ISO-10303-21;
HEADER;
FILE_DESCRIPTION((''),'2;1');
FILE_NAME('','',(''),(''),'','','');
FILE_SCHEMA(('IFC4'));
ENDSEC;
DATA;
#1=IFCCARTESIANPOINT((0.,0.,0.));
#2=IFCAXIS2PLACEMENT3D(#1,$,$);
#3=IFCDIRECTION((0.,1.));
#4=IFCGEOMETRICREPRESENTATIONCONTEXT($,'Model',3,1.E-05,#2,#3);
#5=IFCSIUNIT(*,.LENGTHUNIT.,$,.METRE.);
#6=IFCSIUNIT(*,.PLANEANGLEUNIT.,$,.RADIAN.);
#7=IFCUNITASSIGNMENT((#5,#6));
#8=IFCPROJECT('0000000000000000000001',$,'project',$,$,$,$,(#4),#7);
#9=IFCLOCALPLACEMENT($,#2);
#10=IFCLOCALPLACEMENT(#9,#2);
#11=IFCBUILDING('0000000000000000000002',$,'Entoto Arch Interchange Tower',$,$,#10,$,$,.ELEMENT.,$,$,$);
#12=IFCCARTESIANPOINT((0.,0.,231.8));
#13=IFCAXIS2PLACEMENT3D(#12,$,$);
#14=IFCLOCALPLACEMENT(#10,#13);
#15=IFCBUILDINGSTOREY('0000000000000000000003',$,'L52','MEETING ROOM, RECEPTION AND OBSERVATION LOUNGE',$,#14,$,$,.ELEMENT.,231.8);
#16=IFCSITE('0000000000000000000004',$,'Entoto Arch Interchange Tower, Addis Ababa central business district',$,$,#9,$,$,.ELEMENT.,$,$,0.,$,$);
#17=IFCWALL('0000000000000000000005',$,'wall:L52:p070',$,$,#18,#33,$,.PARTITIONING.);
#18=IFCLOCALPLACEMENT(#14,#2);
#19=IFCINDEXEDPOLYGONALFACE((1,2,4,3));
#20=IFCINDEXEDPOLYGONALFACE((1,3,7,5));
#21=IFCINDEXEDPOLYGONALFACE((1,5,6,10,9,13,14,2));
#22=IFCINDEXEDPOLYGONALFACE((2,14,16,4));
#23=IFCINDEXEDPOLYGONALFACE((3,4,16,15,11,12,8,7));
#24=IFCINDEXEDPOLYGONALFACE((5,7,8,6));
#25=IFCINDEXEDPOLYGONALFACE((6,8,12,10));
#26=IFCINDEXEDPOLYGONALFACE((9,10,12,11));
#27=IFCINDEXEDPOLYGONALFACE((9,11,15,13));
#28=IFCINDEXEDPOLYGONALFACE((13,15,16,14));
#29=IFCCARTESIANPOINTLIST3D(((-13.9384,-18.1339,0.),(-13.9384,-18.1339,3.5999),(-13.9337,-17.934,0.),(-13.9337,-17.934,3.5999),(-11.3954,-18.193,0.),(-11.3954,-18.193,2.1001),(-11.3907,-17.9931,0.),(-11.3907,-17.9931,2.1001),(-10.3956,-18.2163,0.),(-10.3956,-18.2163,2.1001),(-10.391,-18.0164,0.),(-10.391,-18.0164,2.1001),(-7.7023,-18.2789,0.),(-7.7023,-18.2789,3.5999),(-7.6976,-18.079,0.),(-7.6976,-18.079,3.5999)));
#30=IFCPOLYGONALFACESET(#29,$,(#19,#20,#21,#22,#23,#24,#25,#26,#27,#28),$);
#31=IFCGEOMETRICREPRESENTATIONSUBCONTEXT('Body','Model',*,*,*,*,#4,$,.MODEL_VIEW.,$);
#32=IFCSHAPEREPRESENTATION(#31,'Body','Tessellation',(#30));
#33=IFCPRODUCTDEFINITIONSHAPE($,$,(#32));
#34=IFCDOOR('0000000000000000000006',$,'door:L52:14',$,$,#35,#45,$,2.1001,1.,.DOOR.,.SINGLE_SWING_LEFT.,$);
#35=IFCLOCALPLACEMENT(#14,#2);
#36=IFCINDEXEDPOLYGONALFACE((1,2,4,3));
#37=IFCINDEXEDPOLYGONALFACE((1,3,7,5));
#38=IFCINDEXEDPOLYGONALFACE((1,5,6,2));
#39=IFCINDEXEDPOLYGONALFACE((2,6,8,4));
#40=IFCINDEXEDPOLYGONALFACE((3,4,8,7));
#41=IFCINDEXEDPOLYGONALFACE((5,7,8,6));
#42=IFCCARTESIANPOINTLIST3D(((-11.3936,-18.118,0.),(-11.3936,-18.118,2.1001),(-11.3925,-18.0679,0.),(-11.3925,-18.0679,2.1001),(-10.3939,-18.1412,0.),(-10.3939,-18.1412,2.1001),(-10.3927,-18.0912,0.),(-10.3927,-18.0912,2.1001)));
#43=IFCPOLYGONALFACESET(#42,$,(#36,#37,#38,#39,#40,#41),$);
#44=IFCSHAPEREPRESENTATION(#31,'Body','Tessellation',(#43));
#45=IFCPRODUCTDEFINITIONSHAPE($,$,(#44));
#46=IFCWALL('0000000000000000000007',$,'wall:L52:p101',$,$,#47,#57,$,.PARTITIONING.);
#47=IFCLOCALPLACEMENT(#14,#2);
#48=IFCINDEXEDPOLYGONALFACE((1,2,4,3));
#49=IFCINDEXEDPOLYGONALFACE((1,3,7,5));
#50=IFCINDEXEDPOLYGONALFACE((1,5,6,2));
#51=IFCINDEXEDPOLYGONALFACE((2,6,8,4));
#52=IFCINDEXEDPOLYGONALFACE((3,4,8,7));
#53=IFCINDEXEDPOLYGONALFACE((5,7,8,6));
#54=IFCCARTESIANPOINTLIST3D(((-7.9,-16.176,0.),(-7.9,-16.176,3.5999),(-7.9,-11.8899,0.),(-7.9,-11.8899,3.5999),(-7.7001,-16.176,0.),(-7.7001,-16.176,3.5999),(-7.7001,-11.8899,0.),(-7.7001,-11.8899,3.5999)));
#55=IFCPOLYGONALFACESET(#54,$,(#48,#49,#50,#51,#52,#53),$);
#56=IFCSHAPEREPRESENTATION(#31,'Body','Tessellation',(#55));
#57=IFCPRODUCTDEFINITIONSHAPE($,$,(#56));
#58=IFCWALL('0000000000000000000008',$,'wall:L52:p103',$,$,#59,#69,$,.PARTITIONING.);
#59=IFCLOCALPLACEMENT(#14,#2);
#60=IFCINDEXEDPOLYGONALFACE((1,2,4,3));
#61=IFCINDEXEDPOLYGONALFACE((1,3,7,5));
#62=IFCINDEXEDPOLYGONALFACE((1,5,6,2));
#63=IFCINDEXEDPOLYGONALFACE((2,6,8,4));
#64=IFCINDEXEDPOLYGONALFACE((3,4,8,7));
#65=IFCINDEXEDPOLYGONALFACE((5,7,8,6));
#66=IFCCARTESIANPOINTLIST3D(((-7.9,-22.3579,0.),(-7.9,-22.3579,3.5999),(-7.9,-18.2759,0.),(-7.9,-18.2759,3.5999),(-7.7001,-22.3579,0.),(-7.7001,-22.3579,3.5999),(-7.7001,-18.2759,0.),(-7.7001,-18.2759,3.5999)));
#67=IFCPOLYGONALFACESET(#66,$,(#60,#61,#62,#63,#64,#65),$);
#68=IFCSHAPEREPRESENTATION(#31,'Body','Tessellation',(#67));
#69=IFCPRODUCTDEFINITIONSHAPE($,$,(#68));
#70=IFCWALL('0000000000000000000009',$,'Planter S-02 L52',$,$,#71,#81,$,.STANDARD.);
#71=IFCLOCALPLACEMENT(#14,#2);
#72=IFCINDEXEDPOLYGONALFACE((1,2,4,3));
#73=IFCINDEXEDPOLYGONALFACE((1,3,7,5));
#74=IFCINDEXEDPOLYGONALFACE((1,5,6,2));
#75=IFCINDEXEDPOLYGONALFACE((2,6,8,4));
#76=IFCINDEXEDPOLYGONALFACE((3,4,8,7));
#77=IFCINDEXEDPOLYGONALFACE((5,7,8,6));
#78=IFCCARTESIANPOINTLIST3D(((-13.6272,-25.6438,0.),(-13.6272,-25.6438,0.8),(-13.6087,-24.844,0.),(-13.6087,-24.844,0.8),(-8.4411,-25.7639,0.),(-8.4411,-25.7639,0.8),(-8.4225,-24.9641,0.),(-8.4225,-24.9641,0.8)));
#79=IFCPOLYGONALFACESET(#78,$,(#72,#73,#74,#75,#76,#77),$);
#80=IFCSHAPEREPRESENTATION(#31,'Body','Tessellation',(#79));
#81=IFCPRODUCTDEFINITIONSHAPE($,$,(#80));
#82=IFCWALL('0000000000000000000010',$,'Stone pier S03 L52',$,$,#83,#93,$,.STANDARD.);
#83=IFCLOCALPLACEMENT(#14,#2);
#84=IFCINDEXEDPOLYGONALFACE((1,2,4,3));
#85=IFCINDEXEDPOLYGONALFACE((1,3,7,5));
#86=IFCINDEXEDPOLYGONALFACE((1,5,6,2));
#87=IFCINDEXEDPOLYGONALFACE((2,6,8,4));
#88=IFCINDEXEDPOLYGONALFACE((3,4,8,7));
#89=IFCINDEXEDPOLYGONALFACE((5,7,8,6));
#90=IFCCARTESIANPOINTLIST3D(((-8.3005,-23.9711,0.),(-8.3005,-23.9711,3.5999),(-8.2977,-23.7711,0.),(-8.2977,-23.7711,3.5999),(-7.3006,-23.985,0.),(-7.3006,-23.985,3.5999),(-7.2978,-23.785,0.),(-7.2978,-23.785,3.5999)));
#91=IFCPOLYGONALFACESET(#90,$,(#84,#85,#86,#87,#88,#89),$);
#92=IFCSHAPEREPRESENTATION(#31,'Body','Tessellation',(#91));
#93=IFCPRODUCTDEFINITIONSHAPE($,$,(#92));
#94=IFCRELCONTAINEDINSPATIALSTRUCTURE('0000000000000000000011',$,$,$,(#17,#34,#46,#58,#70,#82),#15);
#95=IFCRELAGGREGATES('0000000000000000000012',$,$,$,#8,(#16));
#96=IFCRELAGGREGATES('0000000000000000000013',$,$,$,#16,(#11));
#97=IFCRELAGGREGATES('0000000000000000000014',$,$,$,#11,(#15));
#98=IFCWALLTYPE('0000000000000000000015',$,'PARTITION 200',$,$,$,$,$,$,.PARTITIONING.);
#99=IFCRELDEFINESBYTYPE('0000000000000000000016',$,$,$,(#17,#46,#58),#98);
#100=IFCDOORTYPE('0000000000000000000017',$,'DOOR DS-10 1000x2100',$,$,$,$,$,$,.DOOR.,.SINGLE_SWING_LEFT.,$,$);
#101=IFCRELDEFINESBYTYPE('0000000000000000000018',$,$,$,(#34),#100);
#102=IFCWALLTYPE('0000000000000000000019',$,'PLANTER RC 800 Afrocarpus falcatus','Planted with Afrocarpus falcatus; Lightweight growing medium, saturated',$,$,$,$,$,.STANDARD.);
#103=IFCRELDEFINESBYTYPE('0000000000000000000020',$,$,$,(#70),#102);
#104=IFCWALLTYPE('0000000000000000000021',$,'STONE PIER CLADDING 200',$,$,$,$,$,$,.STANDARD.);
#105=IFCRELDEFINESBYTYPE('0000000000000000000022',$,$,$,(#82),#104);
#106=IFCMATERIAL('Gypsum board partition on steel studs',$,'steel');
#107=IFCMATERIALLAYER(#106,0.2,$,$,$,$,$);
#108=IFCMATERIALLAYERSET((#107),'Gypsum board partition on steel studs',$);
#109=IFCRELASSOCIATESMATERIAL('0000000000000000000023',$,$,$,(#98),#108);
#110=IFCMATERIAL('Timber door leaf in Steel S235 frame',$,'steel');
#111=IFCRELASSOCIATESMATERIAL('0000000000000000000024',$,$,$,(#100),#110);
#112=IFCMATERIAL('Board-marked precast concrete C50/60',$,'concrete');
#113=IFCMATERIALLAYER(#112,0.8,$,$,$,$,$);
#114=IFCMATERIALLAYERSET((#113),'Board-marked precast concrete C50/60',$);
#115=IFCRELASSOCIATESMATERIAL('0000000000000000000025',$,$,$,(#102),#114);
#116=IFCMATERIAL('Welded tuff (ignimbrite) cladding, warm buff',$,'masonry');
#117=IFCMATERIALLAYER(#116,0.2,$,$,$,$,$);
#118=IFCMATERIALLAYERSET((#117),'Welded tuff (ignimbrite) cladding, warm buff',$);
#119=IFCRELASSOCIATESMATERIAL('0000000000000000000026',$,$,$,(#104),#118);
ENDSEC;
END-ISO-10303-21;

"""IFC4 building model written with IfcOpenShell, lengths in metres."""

from ifc_helpers import new_model, si_unit, direction, frame, frame_2d, origin, place, context, subcontext, project, spatial, rectangle, extrude, material, layer, layer_set, type_object, element, fill, save


model = new_model("IFC4")

# Units and contexts
model_context = context("Model", 3, precision=1e-05, world=origin(), true_north=direction((0.0, 1.0)))
body_context = subcontext(model_context, "Body", "Model", "MODEL_VIEW")
ifc_project = project(units=[si_unit("LENGTHUNIT", "METRE"), si_unit("PLANEANGLEUNIT", "RADIAN")], contexts=[model_context])

# Site, building, storey
site_placement = place(None, origin())
site = spatial("IfcSite", under=ifc_project, at=site_placement, Name="Entoto Arch Interchange Tower, Addis Ababa central business district", CompositionType="ELEMENT", RefElevation=0.0)
building_placement = place(site_placement, origin())
building = spatial("IfcBuilding", under=site, at=building_placement, Name="Entoto Arch Interchange Tower", CompositionType="ELEMENT")
storey_placement = place(building_placement, frame((0.0, 0.0, 231.8)))
storey = spatial("IfcBuildingStorey", under=building, at=storey_placement, Name="L52", Description="MEETING ROOM, RECEPTION AND OBSERVATION LOUNGE", CompositionType="ELEMENT", Elevation=231.8)

# Wall, opening, door
ifc_material_1 = material(Name="Gypsum board partition on steel studs", Category="steel")
ifc_layer_1 = layer(ifc_material_1, 0.2)
ifc_layer_set_1 = layer_set([ifc_layer_1], Name="Gypsum board partition on steel studs")
wall_type_1 = type_object("IfcWallType", Name="PARTITION 200", PredefinedType="PARTITIONING", material=ifc_layer_set_1)
wall_1_placement = place(storey_placement, frame((-7.7, -18.179, 0.0), z_axis=(0.0, 0.0, 1.0), x_axis=(-0.99973, 0.023249, 0.0)))
wall_1 = element("IfcWall", 1, at=wall_1_placement, inside=storey, type_object=wall_type_1, Name="wall:L52:p070", PredefinedType="PARTITIONING", context=body_context, shape_type="SweptSolid", body=[
    extrude(rectangle(XDim=6.2378, YDim=0.2, at=frame_2d((3.1189, 0.0))), origin(), (0.0, 0.0, 1.0), 3.5999),
])
opening_1_placement = place(wall_1_placement, frame((2.6941, 0.0, 0.0)))
opening_1 = element("IfcOpeningElement", 2, at=opening_1_placement, cuts=wall_1, PredefinedType="OPENING", context=body_context, shape_type="SweptSolid", body=[
    extrude(rectangle(XDim=1.0, YDim=2.1001, at=frame_2d((0.5, 1.05))), frame((0.0, 0.1099, 0.0), z_axis=(0.0, -1.0, 0.0), x_axis=(1.0, 0.0, 0.0)), (0.0, 0.0, 1.0), 0.22),
])
ifc_material_2 = material(Name="Timber door leaf in Steel S235 frame", Category="steel")
door_type_1 = type_object("IfcDoorType", Name="DOOR DS-10 1000x2100", OperationType="SINGLE_SWING_LEFT", PredefinedType="DOOR", material=ifc_material_2)
door_1_placement = place(opening_1_placement, origin())
door_1 = element("IfcDoor", 3, at=door_1_placement, inside=storey, type_object=door_type_1, Name="door:L52:14", OperationType="SINGLE_SWING_LEFT", OverallHeight=2.1001, OverallWidth=1.0, PredefinedType="DOOR", context=body_context, shape_type="SweptSolid", body=[
    extrude(rectangle(XDim=1.0, YDim=2.1001, at=frame_2d((0.5, 1.05))), frame((0.0, 0.0249, 0.0), z_axis=(0.0, -1.0, 0.0), x_axis=(1.0, 0.0, 0.0)), (0.0, 0.0, 1.0), 0.05),
])
fill(opening_1, door_1)

# Walls
wall_2_placement = place(storey_placement, frame((-7.8, -16.176, 0.0), z_axis=(0.0, 0.0, 1.0), x_axis=(0.0, 1.0, 0.0)))
element("IfcWall", 4, at=wall_2_placement, inside=storey, type_object=wall_type_1, Name="wall:L52:p101", PredefinedType="PARTITIONING", context=body_context, shape_type="SweptSolid", body=[
    extrude(rectangle(XDim=4.2861, YDim=0.2, at=frame_2d((2.1431, 0.0))), origin(), (0.0, 0.0, 1.0), 3.5999),
])
wall_3_placement = place(storey_placement, frame((-7.8, -22.3579, 0.0), z_axis=(0.0, 0.0, 1.0), x_axis=(0.0, 1.0, 0.0)))
element("IfcWall", 5, at=wall_3_placement, inside=storey, type_object=wall_type_1, Name="wall:L52:p103", PredefinedType="PARTITIONING", context=body_context, shape_type="SweptSolid", body=[
    extrude(rectangle(XDim=4.082, YDim=0.2, at=frame_2d((2.041, 0.0))), origin(), (0.0, 0.0, 1.0), 3.5999),
])
ifc_material_3 = material(Name="Board-marked precast concrete C50/60", Category="concrete")
ifc_layer_2 = layer(ifc_material_3, 0.8)
ifc_layer_set_2 = layer_set([ifc_layer_2], Name="Board-marked precast concrete C50/60")
wall_type_2 = type_object("IfcWallType", Name="PLANTER RC 800 Afrocarpus falcatus", Description="Planted with Afrocarpus falcatus; Lightweight growing medium, saturated", PredefinedType="STANDARD", material=ifc_layer_set_2)
wall_4_placement = place(storey_placement, frame((-13.6179, -25.2439, 0.0), z_axis=(0.0, 0.0, 1.0), x_axis=(0.999732, -0.023155, 0.0)))
element("IfcWall", 6, at=wall_4_placement, inside=storey, type_object=wall_type_2, Name="Planter S-02 L52", PredefinedType="STANDARD", context=body_context, shape_type="SweptSolid", body=[
    extrude(rectangle(XDim=5.1875, YDim=0.8, at=frame_2d((2.5938, 0.0))), origin(), (0.0, 0.0, 1.0), 0.8),
])

# Shared definitions
ifc_material_4 = material(Name="Welded tuff (ignimbrite) cladding, warm buff", Category="masonry")

# Wall
ifc_layer_3 = layer(ifc_material_4, 0.2)
ifc_layer_set_3 = layer_set([ifc_layer_3], Name="Welded tuff (ignimbrite) cladding, warm buff")
wall_type_3 = type_object("IfcWallType", Name="STONE PIER CLADDING 200", PredefinedType="STANDARD", material=ifc_layer_set_3)
wall_5_placement = place(storey_placement, frame((-8.2991, -23.8711, 0.0), z_axis=(0.0, 0.0, 1.0), x_axis=(0.999903, -0.013915, 0.0)))
element("IfcWall", 7, at=wall_5_placement, inside=storey, type_object=wall_type_3, Name="Stone pier S03 L52", PredefinedType="STANDARD", context=body_context, shape_type="SweptSolid", body=[
    extrude(rectangle(XDim=1.0, YDim=0.2, at=frame_2d((0.5, 0.0))), origin(), (0.0, 0.0, 1.0), 3.5999),
])

save(model, "model.ifc")
